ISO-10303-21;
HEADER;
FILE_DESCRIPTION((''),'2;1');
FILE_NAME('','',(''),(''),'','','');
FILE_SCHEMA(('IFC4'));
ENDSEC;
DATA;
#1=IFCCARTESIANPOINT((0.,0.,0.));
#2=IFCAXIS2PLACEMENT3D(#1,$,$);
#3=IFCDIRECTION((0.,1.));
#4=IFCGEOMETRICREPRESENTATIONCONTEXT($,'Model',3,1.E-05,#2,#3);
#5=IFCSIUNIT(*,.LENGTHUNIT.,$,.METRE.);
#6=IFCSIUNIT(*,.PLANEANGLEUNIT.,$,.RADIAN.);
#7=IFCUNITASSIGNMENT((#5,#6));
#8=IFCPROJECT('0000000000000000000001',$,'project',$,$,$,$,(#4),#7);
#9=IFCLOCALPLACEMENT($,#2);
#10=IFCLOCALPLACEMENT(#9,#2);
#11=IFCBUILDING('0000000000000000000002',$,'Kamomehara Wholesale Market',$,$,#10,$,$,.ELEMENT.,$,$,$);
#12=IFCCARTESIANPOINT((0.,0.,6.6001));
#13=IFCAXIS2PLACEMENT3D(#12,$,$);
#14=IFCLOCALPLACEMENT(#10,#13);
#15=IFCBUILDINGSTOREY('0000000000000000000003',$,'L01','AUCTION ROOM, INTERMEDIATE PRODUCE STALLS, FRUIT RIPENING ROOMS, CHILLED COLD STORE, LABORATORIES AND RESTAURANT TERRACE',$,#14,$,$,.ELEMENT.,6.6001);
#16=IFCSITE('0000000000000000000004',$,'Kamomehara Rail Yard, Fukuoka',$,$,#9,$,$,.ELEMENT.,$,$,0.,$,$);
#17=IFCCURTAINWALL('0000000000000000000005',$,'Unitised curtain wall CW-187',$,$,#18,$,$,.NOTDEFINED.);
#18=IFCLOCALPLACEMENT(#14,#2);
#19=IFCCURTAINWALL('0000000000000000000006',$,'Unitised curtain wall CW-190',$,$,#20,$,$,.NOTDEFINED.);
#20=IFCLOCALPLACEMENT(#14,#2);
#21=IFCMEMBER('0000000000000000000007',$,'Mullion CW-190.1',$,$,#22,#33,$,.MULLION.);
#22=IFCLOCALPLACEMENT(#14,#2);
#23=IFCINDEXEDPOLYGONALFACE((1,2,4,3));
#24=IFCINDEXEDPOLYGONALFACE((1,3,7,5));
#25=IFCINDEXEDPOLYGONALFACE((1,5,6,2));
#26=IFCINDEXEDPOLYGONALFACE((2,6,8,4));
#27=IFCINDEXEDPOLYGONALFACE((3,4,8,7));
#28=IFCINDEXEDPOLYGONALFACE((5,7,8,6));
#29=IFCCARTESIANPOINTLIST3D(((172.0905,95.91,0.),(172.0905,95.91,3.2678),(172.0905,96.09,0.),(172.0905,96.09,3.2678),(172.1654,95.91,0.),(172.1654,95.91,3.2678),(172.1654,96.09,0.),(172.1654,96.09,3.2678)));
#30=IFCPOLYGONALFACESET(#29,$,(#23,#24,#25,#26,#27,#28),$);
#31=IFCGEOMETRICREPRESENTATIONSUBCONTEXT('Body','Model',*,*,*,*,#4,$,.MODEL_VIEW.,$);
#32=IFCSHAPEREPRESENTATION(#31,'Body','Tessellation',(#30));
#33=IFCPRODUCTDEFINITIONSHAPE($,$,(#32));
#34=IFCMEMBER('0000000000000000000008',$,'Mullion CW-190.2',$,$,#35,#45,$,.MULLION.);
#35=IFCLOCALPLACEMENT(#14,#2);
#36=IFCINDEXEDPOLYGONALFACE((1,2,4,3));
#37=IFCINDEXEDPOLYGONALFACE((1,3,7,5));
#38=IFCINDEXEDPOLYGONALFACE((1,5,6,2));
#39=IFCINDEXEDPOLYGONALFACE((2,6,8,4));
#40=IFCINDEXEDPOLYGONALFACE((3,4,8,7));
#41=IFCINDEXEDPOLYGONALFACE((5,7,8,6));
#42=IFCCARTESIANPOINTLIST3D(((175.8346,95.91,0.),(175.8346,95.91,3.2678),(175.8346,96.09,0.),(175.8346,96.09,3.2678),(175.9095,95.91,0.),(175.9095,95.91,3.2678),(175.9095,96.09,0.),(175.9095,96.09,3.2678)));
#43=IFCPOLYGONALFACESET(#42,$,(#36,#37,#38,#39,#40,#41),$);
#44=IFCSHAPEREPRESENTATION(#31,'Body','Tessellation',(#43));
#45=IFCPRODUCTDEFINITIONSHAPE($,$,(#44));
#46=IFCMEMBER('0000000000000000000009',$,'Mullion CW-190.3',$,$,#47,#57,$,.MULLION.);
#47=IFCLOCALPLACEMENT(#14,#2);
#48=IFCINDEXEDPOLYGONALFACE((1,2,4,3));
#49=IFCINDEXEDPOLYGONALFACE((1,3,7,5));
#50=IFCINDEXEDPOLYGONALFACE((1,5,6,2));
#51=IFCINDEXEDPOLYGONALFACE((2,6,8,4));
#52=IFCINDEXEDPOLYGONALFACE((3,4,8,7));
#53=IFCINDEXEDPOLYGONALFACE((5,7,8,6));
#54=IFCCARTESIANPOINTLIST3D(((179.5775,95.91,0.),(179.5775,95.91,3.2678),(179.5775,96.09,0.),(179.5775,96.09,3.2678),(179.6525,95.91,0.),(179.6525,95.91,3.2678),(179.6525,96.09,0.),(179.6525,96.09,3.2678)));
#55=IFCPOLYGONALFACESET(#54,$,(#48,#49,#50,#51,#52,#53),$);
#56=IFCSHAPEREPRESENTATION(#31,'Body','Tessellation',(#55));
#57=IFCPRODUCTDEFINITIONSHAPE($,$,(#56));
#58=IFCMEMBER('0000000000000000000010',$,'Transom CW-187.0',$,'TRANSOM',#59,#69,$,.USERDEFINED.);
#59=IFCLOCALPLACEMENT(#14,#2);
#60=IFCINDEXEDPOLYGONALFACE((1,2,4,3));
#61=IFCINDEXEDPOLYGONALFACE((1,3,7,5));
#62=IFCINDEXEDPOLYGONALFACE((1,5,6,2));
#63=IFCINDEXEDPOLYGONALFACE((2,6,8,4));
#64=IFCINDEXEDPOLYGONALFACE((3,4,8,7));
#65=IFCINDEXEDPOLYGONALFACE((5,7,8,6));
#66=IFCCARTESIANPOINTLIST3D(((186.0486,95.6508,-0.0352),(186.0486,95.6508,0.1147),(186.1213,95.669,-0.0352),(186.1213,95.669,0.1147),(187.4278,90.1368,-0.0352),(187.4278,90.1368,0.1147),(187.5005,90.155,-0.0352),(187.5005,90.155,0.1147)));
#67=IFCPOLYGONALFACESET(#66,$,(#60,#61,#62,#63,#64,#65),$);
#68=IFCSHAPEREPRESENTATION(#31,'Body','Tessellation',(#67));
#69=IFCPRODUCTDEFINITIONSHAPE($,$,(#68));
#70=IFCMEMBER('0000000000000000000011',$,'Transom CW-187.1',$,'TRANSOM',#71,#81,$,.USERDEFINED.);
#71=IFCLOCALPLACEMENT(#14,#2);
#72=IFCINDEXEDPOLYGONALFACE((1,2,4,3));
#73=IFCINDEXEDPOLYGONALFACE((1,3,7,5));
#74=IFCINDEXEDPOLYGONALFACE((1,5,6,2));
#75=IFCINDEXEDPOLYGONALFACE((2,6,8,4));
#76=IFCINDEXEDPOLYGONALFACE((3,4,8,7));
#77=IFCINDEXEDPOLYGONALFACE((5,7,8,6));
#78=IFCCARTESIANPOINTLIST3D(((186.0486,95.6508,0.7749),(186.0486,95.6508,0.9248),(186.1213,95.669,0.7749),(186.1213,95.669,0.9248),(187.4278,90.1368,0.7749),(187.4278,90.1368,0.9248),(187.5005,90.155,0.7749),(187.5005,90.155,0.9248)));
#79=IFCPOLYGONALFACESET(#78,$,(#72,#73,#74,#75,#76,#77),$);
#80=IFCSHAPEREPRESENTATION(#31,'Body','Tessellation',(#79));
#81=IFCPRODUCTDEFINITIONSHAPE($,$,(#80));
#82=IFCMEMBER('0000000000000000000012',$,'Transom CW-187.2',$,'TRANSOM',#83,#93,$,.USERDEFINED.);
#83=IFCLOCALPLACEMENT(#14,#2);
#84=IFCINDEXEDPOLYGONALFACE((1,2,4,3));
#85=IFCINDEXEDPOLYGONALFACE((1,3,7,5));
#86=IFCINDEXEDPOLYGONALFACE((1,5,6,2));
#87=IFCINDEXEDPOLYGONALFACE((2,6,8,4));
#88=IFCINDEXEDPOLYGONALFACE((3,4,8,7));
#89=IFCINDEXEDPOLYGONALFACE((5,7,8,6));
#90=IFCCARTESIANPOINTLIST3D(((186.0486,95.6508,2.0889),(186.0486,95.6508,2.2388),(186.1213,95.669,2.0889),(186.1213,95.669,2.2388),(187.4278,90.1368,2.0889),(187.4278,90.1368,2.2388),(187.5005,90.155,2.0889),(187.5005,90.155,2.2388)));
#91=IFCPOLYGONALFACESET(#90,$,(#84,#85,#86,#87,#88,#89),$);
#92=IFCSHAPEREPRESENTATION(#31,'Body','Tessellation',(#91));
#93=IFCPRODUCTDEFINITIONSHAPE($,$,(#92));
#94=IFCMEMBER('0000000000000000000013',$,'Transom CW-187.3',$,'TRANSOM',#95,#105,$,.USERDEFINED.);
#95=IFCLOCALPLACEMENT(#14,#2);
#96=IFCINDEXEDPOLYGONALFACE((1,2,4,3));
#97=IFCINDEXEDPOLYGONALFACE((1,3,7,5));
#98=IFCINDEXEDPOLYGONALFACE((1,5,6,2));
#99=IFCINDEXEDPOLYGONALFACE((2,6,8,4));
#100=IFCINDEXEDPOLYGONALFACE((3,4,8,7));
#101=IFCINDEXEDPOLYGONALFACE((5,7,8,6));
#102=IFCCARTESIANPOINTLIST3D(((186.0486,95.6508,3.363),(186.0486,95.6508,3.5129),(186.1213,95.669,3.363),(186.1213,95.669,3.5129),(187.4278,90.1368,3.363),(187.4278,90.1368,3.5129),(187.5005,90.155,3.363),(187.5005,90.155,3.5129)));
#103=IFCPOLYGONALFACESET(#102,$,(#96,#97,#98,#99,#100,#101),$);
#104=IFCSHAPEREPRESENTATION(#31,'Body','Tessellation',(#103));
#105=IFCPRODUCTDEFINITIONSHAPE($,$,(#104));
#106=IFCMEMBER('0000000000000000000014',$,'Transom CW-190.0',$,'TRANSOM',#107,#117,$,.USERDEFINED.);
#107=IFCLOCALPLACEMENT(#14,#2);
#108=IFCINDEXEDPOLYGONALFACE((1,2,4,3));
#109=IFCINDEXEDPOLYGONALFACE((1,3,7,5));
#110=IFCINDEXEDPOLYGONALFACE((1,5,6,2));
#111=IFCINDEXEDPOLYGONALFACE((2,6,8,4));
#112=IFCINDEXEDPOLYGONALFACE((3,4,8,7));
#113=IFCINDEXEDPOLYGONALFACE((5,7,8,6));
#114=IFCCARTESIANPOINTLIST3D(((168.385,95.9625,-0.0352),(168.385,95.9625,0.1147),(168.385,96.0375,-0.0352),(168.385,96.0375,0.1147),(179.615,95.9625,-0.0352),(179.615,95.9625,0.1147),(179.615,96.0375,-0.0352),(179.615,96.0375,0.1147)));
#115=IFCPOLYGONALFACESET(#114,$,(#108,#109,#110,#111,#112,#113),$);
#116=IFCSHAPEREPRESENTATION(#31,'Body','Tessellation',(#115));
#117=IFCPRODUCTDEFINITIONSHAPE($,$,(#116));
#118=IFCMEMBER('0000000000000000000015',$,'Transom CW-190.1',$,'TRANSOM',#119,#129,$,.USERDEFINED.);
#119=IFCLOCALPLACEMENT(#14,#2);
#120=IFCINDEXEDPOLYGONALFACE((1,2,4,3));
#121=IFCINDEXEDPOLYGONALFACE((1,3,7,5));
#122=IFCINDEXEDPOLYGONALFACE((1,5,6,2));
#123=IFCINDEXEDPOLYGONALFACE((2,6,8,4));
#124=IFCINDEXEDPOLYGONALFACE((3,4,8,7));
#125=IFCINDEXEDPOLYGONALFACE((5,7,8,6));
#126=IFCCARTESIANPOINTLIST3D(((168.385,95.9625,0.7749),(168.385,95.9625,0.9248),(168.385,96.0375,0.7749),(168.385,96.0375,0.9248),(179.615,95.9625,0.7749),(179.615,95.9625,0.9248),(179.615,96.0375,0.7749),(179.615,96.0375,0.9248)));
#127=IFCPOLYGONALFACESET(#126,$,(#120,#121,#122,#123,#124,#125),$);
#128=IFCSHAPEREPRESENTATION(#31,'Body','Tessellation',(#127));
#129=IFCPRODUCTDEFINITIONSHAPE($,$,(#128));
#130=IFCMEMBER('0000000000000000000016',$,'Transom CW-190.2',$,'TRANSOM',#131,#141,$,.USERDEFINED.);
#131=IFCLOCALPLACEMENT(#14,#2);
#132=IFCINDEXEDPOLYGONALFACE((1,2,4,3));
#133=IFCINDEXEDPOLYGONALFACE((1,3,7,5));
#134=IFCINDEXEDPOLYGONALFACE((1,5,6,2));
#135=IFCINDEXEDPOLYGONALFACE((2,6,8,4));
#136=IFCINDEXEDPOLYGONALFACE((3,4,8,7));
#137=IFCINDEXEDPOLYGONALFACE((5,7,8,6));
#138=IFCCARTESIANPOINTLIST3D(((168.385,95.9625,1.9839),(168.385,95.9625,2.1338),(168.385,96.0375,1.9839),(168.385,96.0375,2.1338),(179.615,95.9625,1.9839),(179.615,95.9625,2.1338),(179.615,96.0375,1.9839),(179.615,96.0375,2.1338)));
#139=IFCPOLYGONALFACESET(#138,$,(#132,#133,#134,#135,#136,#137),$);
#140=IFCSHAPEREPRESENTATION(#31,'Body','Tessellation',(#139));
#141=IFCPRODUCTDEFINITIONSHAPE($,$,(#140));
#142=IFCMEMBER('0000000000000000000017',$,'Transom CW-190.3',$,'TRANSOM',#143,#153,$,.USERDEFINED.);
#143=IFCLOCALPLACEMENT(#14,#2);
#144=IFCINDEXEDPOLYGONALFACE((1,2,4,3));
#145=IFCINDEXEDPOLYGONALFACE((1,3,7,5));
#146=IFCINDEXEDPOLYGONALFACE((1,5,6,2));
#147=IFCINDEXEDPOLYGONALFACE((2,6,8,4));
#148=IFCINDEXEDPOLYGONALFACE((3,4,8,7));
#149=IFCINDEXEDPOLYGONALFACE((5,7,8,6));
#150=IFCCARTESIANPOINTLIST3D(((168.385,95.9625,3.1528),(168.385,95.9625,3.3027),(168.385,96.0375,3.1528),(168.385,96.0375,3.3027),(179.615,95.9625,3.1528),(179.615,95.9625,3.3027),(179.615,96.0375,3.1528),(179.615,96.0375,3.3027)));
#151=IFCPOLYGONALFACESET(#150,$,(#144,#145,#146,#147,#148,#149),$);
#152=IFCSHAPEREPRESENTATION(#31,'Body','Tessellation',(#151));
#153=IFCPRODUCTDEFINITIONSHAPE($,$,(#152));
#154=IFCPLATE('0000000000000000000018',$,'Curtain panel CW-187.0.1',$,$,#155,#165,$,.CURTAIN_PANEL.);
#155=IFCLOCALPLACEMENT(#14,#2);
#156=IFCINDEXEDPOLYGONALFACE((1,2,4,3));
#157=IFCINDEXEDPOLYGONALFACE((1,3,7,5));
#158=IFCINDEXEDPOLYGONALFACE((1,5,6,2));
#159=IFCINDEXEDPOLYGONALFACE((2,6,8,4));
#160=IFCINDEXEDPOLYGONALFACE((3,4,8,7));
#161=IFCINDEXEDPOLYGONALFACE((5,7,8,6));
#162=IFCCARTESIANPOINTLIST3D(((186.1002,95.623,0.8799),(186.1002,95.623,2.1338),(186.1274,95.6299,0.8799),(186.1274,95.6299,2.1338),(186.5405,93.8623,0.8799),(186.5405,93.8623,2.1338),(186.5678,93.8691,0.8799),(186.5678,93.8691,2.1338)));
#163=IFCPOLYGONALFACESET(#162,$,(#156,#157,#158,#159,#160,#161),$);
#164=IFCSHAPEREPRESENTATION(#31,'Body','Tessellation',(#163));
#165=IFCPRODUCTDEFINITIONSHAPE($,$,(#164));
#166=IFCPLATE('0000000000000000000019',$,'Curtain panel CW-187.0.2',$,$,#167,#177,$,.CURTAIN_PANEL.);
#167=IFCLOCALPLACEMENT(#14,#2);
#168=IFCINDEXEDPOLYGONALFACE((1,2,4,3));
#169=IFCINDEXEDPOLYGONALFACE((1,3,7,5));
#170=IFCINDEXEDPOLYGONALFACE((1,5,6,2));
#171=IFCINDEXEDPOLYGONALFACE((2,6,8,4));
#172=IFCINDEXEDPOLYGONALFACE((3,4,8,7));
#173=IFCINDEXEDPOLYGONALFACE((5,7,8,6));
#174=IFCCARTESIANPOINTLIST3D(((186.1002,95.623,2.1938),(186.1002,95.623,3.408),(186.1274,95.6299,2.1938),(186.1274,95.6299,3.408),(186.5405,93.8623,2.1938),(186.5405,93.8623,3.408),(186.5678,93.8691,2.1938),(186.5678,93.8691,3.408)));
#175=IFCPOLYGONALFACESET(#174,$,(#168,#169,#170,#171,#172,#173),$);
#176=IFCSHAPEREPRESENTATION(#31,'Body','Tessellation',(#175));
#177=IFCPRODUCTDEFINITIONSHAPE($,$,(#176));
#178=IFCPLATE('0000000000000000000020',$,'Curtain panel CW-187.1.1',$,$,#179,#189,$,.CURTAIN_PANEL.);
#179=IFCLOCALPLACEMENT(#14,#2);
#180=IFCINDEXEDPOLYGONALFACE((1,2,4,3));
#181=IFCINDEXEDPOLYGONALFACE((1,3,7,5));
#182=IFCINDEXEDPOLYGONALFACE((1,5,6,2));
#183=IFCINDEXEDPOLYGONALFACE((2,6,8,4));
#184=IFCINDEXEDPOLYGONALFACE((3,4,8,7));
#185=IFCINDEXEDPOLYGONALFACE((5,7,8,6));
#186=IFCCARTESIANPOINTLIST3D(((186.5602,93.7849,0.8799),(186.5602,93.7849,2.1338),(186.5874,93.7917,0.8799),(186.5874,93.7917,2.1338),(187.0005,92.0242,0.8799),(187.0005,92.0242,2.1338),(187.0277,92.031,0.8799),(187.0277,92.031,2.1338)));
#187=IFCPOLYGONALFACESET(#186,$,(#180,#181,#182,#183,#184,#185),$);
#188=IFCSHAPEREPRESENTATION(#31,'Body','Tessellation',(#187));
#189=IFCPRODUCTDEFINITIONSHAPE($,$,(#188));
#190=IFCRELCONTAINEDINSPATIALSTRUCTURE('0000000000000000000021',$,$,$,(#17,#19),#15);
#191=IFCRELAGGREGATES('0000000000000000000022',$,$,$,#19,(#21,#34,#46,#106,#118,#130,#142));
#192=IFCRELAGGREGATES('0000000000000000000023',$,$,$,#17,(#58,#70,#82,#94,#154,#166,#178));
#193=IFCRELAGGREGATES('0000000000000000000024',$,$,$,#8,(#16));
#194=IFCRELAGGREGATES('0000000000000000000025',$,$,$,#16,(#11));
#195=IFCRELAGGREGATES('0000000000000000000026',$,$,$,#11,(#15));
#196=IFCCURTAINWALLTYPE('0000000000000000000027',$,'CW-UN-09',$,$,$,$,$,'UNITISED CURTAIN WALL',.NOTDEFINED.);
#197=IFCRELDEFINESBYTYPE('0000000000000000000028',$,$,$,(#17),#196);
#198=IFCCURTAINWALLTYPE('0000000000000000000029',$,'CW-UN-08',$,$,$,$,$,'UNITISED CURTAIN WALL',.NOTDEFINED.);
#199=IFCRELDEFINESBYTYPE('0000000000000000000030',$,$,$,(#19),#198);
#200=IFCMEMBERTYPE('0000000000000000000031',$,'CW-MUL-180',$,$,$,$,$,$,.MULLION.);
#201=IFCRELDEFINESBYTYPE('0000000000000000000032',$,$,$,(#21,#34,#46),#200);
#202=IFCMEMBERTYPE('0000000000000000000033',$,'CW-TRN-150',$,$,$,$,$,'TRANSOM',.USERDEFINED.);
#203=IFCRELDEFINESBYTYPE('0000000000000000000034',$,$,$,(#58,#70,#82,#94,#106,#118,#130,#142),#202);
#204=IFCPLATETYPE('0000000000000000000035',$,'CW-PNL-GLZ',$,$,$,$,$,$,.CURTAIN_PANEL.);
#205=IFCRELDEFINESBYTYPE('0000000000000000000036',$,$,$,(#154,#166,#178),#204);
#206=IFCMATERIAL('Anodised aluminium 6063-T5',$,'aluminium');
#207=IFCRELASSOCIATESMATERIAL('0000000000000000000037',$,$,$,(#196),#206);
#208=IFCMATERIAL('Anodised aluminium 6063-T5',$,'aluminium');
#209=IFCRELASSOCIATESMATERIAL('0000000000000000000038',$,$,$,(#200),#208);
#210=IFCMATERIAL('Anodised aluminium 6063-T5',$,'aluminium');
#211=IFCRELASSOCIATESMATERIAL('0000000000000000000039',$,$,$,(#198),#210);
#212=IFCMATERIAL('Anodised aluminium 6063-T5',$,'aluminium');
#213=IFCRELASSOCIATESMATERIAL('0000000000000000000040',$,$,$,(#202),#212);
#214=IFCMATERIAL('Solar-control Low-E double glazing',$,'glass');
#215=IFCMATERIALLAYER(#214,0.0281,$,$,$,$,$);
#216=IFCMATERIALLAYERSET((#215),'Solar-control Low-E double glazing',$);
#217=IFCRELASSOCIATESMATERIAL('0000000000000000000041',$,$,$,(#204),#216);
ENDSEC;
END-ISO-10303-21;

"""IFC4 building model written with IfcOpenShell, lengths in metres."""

from ifc_helpers import new_model, si_unit, direction, frame, origin, origin_2d, place, context, subcontext, project, spatial, rectangle, extrude, material, layer, layer_set, material_profile, profile_set, type_object, element, aggregate, save


model = new_model("IFC4")

# Units and contexts
model_context = context("Model", 3, precision=1e-05, world=origin(), true_north=direction((0.0, 1.0)))
body_context = subcontext(model_context, "Body", "Model", "MODEL_VIEW")
ifc_project = project(units=[si_unit("LENGTHUNIT", "METRE"), si_unit("PLANEANGLEUNIT", "RADIAN")], contexts=[model_context])

# Site, building, storey
site_placement = place(None, origin())
site = spatial("IfcSite", under=ifc_project, at=site_placement, Name="Kamomehara Rail Yard, Fukuoka", CompositionType="ELEMENT", RefElevation=0.0)
building_placement = place(site_placement, origin())
building = spatial("IfcBuilding", under=site, at=building_placement, Name="Kamomehara Wholesale Market", CompositionType="ELEMENT")
storey_placement = place(building_placement, frame((0.0, 0.0, 6.6001)))
storey = spatial("IfcBuildingStorey", under=building, at=storey_placement, Name="L01", Description="AUCTION ROOM, INTERMEDIATE PRODUCE STALLS, FRUIT RIPENING ROOMS, CHILLED COLD STORE, LABORATORIES AND RESTAURANT TERRACE", CompositionType="ELEMENT", Elevation=6.6001)

# Curtain walls, members
ifc_material_1 = material(Name="Anodised aluminium 6063-T5", Category="aluminium")
curtain_wall_type_1 = type_object("IfcCurtainWallType", Name="CW-UN-09", ElementType="UNITISED CURTAIN WALL", PredefinedType="NOTDEFINED", material=ifc_material_1)
curtain_wall_1_placement = place(storey_placement, origin())
curtain_wall_1 = element("IfcCurtainWall", 1, at=curtain_wall_1_placement, inside=storey, type_object=curtain_wall_type_1, Name="Unitised curtain wall CW-187", PredefinedType="NOTDEFINED")
ifc_material_2 = material(Name="Anodised aluminium 6063-T5", Category="aluminium")
ifc_material_profile_1 = material_profile(ifc_material_2, rectangle(XDim=0.075, YDim=0.1799, at=origin_2d()), Name="ALU-MUL-75x180")
ifc_profile_set_1 = profile_set([ifc_material_profile_1], Name="Anodised aluminium 6063-T5")
member_type_1 = type_object("IfcMemberType", Name="CW-MUL-180", PredefinedType="MULLION", material=ifc_profile_set_1)
ifc_material_3 = material(Name="Anodised aluminium 6063-T5", Category="aluminium")
curtain_wall_type_2 = type_object("IfcCurtainWallType", Name="CW-UN-08", ElementType="UNITISED CURTAIN WALL", PredefinedType="NOTDEFINED", material=ifc_material_3)
curtain_wall_2_placement = place(storey_placement, origin())
curtain_wall_2 = element("IfcCurtainWall", 2, at=curtain_wall_2_placement, inside=storey, type_object=curtain_wall_type_2, Name="Unitised curtain wall CW-190", PredefinedType="NOTDEFINED")
member_1_placement = place(storey_placement, frame((172.1279, 96.0, 0.0), z_axis=(0.0, 0.0, 1.0), x_axis=(1.0, 0.0, 0.0)))
member_1 = element("IfcMember", 3, at=member_1_placement, type_object=member_type_1, Name="Mullion CW-190.1", PredefinedType="MULLION", context=body_context, shape_type="SweptSolid", body=[
    extrude(rectangle(XDim=0.075, YDim=0.1799, at=origin_2d()), origin(), (0.0, 0.0, 1.0), 3.2678),
])
member_2_placement = place(storey_placement, frame((175.8721, 96.0, 0.0), z_axis=(0.0, 0.0, 1.0), x_axis=(1.0, 0.0, 0.0)))
member_2 = element("IfcMember", 4, at=member_2_placement, type_object=member_type_1, Name="Mullion CW-190.2", PredefinedType="MULLION", context=body_context, shape_type="SweptSolid", body=[
    extrude(rectangle(XDim=0.075, YDim=0.1799, at=origin_2d()), origin(), (0.0, 0.0, 1.0), 3.2678),
])
member_3_placement = place(storey_placement, frame((179.615, 96.0, 0.0), z_axis=(0.0, 0.0, 1.0), x_axis=(1.0, 0.0, 0.0)))
member_3 = element("IfcMember", 5, at=member_3_placement, type_object=member_type_1, Name="Mullion CW-190.3", PredefinedType="MULLION", context=body_context, shape_type="SweptSolid", body=[
    extrude(rectangle(XDim=0.075, YDim=0.1799, at=origin_2d()), origin(), (0.0, 0.0, 1.0), 3.2678),
])

# Members
ifc_material_4 = material(Name="Anodised aluminium 6063-T5", Category="aluminium")
ifc_material_profile_2 = material_profile(ifc_material_4, rectangle(XDim=0.075, YDim=0.1499, at=origin_2d()), Name="ALU-TRN-75x150")
ifc_profile_set_2 = profile_set([ifc_material_profile_2], Name="Anodised aluminium 6063-T5")
member_type_2 = type_object("IfcMemberType", Name="CW-TRN-150", ElementType="TRANSOM", PredefinedType="USERDEFINED", material=ifc_profile_set_2)
member_4_placement = place(storey_placement, frame((186.085, 95.6599, 0.0398), z_axis=(0.242647, -0.970115, 0.0), x_axis=(0.970115, 0.242647, 0.0)))
member_4 = element("IfcMember", 6, at=member_4_placement, type_object=member_type_2, Name="Transom CW-187.0", ObjectType="TRANSOM", PredefinedType="USERDEFINED", context=body_context, shape_type="SweptSolid", body=[
    extrude(rectangle(XDim=0.075, YDim=0.1499, at=origin_2d()), origin(), (0.0, 0.0, 1.0), 5.6838),
])
member_5_placement = place(storey_placement, frame((186.085, 95.6599, 0.8499), z_axis=(0.242647, -0.970115, 0.0), x_axis=(0.970115, 0.242647, 0.0)))
member_5 = element("IfcMember", 7, at=member_5_placement, type_object=member_type_2, Name="Transom CW-187.1", ObjectType="TRANSOM", PredefinedType="USERDEFINED", context=body_context, shape_type="SweptSolid", body=[
    extrude(rectangle(XDim=0.075, YDim=0.1499, at=origin_2d()), origin(), (0.0, 0.0, 1.0), 5.6838),
])
member_6_placement = place(storey_placement, frame((186.085, 95.6599, 2.1638), z_axis=(0.242647, -0.970115, 0.0), x_axis=(0.970115, 0.242647, 0.0)))
member_6 = element("IfcMember", 8, at=member_6_placement, type_object=member_type_2, Name="Transom CW-187.2", ObjectType="TRANSOM", PredefinedType="USERDEFINED", context=body_context, shape_type="SweptSolid", body=[
    extrude(rectangle(XDim=0.075, YDim=0.1499, at=origin_2d()), origin(), (0.0, 0.0, 1.0), 5.6838),
])
member_7_placement = place(storey_placement, frame((186.085, 95.6599, 3.438), z_axis=(0.242647, -0.970115, 0.0), x_axis=(0.970115, 0.242647, 0.0)))
member_7 = element("IfcMember", 9, at=member_7_placement, type_object=member_type_2, Name="Transom CW-187.3", ObjectType="TRANSOM", PredefinedType="USERDEFINED", context=body_context, shape_type="SweptSolid", body=[
    extrude(rectangle(XDim=0.075, YDim=0.1499, at=origin_2d()), origin(), (0.0, 0.0, 1.0), 5.6838),
])
member_8_placement = place(storey_placement, frame((168.385, 96.0, 0.0398), z_axis=(1.0, 0.0, 0.0), x_axis=(0.0, 1.0, 0.0)))
member_8 = element("IfcMember", 10, at=member_8_placement, type_object=member_type_2, Name="Transom CW-190.0", ObjectType="TRANSOM", PredefinedType="USERDEFINED", context=body_context, shape_type="SweptSolid", body=[
    extrude(rectangle(XDim=0.075, YDim=0.1499, at=origin_2d()), origin(), (0.0, 0.0, 1.0), 11.23),
])
member_9_placement = place(storey_placement, frame((168.385, 96.0, 0.8499), z_axis=(1.0, 0.0, 0.0), x_axis=(0.0, 1.0, 0.0)))
member_9 = element("IfcMember", 11, at=member_9_placement, type_object=member_type_2, Name="Transom CW-190.1", ObjectType="TRANSOM", PredefinedType="USERDEFINED", context=body_context, shape_type="SweptSolid", body=[
    extrude(rectangle(XDim=0.075, YDim=0.1499, at=origin_2d()), origin(), (0.0, 0.0, 1.0), 11.23),
])
member_10_placement = place(storey_placement, frame((168.385, 96.0, 2.0588), z_axis=(1.0, 0.0, 0.0), x_axis=(0.0, 1.0, 0.0)))
member_10 = element("IfcMember", 12, at=member_10_placement, type_object=member_type_2, Name="Transom CW-190.2", ObjectType="TRANSOM", PredefinedType="USERDEFINED", context=body_context, shape_type="SweptSolid", body=[
    extrude(rectangle(XDim=0.075, YDim=0.1499, at=origin_2d()), origin(), (0.0, 0.0, 1.0), 11.23),
])
member_11_placement = place(storey_placement, frame((168.385, 96.0, 3.2278), z_axis=(1.0, 0.0, 0.0), x_axis=(0.0, 1.0, 0.0)))
member_11 = element("IfcMember", 13, at=member_11_placement, type_object=member_type_2, Name="Transom CW-190.3", ObjectType="TRANSOM", PredefinedType="USERDEFINED", context=body_context, shape_type="SweptSolid", body=[
    extrude(rectangle(XDim=0.075, YDim=0.1499, at=origin_2d()), origin(), (0.0, 0.0, 1.0), 11.23),
])
aggregate(curtain_wall_2, [member_1, member_2, member_3, member_8, member_9, member_10, member_11])

# Plates
ifc_material_5 = material(Name="Solar-control Low-E double glazing", Category="glass")
ifc_layer_1 = layer(ifc_material_5, 0.0281)
ifc_layer_set_1 = layer_set([ifc_layer_1], Name="Solar-control Low-E double glazing")
plate_type_1 = type_object("IfcPlateType", Name="CW-PNL-GLZ", PredefinedType="CURTAIN_PANEL", material=ifc_layer_set_1)
plate_1_placement = place(storey_placement, frame((186.334, 94.7461, 0.8799), z_axis=(0.0, 0.0, 1.0), x_axis=(0.242616, -0.970122, 0.0)))
plate_1 = element("IfcPlate", 14, at=plate_1_placement, type_object=plate_type_1, Name="Curtain panel CW-187.0.1", PredefinedType="CURTAIN_PANEL", context=body_context, shape_type="SweptSolid", body=[
    extrude(rectangle(XDim=1.8149, YDim=0.0281, at=origin_2d()), origin(), (0.0, 0.0, 1.0), 1.2539),
])
plate_2_placement = place(storey_placement, frame((186.334, 94.7461, 2.1938), z_axis=(0.0, 0.0, 1.0), x_axis=(0.242616, -0.970122, 0.0)))
plate_2 = element("IfcPlate", 15, at=plate_2_placement, type_object=plate_type_1, Name="Curtain panel CW-187.0.2", PredefinedType="CURTAIN_PANEL", context=body_context, shape_type="SweptSolid", body=[
    extrude(rectangle(XDim=1.8149, YDim=0.0281, at=origin_2d()), origin(), (0.0, 0.0, 1.0), 1.2141),
])
plate_3_placement = place(storey_placement, frame((186.7939, 92.908, 0.8799), z_axis=(0.0, 0.0, 1.0), x_axis=(0.242616, -0.970122, 0.0)))
plate_3 = element("IfcPlate", 16, at=plate_3_placement, type_object=plate_type_1, Name="Curtain panel CW-187.1.1", PredefinedType="CURTAIN_PANEL", context=body_context, shape_type="SweptSolid", body=[
    extrude(rectangle(XDim=1.8149, YDim=0.0281, at=origin_2d()), origin(), (0.0, 0.0, 1.0), 1.2539),
])
aggregate(curtain_wall_1, [member_4, member_5, member_6, member_7, plate_1, plate_2, plate_3])

save(model, "model.ifc")
